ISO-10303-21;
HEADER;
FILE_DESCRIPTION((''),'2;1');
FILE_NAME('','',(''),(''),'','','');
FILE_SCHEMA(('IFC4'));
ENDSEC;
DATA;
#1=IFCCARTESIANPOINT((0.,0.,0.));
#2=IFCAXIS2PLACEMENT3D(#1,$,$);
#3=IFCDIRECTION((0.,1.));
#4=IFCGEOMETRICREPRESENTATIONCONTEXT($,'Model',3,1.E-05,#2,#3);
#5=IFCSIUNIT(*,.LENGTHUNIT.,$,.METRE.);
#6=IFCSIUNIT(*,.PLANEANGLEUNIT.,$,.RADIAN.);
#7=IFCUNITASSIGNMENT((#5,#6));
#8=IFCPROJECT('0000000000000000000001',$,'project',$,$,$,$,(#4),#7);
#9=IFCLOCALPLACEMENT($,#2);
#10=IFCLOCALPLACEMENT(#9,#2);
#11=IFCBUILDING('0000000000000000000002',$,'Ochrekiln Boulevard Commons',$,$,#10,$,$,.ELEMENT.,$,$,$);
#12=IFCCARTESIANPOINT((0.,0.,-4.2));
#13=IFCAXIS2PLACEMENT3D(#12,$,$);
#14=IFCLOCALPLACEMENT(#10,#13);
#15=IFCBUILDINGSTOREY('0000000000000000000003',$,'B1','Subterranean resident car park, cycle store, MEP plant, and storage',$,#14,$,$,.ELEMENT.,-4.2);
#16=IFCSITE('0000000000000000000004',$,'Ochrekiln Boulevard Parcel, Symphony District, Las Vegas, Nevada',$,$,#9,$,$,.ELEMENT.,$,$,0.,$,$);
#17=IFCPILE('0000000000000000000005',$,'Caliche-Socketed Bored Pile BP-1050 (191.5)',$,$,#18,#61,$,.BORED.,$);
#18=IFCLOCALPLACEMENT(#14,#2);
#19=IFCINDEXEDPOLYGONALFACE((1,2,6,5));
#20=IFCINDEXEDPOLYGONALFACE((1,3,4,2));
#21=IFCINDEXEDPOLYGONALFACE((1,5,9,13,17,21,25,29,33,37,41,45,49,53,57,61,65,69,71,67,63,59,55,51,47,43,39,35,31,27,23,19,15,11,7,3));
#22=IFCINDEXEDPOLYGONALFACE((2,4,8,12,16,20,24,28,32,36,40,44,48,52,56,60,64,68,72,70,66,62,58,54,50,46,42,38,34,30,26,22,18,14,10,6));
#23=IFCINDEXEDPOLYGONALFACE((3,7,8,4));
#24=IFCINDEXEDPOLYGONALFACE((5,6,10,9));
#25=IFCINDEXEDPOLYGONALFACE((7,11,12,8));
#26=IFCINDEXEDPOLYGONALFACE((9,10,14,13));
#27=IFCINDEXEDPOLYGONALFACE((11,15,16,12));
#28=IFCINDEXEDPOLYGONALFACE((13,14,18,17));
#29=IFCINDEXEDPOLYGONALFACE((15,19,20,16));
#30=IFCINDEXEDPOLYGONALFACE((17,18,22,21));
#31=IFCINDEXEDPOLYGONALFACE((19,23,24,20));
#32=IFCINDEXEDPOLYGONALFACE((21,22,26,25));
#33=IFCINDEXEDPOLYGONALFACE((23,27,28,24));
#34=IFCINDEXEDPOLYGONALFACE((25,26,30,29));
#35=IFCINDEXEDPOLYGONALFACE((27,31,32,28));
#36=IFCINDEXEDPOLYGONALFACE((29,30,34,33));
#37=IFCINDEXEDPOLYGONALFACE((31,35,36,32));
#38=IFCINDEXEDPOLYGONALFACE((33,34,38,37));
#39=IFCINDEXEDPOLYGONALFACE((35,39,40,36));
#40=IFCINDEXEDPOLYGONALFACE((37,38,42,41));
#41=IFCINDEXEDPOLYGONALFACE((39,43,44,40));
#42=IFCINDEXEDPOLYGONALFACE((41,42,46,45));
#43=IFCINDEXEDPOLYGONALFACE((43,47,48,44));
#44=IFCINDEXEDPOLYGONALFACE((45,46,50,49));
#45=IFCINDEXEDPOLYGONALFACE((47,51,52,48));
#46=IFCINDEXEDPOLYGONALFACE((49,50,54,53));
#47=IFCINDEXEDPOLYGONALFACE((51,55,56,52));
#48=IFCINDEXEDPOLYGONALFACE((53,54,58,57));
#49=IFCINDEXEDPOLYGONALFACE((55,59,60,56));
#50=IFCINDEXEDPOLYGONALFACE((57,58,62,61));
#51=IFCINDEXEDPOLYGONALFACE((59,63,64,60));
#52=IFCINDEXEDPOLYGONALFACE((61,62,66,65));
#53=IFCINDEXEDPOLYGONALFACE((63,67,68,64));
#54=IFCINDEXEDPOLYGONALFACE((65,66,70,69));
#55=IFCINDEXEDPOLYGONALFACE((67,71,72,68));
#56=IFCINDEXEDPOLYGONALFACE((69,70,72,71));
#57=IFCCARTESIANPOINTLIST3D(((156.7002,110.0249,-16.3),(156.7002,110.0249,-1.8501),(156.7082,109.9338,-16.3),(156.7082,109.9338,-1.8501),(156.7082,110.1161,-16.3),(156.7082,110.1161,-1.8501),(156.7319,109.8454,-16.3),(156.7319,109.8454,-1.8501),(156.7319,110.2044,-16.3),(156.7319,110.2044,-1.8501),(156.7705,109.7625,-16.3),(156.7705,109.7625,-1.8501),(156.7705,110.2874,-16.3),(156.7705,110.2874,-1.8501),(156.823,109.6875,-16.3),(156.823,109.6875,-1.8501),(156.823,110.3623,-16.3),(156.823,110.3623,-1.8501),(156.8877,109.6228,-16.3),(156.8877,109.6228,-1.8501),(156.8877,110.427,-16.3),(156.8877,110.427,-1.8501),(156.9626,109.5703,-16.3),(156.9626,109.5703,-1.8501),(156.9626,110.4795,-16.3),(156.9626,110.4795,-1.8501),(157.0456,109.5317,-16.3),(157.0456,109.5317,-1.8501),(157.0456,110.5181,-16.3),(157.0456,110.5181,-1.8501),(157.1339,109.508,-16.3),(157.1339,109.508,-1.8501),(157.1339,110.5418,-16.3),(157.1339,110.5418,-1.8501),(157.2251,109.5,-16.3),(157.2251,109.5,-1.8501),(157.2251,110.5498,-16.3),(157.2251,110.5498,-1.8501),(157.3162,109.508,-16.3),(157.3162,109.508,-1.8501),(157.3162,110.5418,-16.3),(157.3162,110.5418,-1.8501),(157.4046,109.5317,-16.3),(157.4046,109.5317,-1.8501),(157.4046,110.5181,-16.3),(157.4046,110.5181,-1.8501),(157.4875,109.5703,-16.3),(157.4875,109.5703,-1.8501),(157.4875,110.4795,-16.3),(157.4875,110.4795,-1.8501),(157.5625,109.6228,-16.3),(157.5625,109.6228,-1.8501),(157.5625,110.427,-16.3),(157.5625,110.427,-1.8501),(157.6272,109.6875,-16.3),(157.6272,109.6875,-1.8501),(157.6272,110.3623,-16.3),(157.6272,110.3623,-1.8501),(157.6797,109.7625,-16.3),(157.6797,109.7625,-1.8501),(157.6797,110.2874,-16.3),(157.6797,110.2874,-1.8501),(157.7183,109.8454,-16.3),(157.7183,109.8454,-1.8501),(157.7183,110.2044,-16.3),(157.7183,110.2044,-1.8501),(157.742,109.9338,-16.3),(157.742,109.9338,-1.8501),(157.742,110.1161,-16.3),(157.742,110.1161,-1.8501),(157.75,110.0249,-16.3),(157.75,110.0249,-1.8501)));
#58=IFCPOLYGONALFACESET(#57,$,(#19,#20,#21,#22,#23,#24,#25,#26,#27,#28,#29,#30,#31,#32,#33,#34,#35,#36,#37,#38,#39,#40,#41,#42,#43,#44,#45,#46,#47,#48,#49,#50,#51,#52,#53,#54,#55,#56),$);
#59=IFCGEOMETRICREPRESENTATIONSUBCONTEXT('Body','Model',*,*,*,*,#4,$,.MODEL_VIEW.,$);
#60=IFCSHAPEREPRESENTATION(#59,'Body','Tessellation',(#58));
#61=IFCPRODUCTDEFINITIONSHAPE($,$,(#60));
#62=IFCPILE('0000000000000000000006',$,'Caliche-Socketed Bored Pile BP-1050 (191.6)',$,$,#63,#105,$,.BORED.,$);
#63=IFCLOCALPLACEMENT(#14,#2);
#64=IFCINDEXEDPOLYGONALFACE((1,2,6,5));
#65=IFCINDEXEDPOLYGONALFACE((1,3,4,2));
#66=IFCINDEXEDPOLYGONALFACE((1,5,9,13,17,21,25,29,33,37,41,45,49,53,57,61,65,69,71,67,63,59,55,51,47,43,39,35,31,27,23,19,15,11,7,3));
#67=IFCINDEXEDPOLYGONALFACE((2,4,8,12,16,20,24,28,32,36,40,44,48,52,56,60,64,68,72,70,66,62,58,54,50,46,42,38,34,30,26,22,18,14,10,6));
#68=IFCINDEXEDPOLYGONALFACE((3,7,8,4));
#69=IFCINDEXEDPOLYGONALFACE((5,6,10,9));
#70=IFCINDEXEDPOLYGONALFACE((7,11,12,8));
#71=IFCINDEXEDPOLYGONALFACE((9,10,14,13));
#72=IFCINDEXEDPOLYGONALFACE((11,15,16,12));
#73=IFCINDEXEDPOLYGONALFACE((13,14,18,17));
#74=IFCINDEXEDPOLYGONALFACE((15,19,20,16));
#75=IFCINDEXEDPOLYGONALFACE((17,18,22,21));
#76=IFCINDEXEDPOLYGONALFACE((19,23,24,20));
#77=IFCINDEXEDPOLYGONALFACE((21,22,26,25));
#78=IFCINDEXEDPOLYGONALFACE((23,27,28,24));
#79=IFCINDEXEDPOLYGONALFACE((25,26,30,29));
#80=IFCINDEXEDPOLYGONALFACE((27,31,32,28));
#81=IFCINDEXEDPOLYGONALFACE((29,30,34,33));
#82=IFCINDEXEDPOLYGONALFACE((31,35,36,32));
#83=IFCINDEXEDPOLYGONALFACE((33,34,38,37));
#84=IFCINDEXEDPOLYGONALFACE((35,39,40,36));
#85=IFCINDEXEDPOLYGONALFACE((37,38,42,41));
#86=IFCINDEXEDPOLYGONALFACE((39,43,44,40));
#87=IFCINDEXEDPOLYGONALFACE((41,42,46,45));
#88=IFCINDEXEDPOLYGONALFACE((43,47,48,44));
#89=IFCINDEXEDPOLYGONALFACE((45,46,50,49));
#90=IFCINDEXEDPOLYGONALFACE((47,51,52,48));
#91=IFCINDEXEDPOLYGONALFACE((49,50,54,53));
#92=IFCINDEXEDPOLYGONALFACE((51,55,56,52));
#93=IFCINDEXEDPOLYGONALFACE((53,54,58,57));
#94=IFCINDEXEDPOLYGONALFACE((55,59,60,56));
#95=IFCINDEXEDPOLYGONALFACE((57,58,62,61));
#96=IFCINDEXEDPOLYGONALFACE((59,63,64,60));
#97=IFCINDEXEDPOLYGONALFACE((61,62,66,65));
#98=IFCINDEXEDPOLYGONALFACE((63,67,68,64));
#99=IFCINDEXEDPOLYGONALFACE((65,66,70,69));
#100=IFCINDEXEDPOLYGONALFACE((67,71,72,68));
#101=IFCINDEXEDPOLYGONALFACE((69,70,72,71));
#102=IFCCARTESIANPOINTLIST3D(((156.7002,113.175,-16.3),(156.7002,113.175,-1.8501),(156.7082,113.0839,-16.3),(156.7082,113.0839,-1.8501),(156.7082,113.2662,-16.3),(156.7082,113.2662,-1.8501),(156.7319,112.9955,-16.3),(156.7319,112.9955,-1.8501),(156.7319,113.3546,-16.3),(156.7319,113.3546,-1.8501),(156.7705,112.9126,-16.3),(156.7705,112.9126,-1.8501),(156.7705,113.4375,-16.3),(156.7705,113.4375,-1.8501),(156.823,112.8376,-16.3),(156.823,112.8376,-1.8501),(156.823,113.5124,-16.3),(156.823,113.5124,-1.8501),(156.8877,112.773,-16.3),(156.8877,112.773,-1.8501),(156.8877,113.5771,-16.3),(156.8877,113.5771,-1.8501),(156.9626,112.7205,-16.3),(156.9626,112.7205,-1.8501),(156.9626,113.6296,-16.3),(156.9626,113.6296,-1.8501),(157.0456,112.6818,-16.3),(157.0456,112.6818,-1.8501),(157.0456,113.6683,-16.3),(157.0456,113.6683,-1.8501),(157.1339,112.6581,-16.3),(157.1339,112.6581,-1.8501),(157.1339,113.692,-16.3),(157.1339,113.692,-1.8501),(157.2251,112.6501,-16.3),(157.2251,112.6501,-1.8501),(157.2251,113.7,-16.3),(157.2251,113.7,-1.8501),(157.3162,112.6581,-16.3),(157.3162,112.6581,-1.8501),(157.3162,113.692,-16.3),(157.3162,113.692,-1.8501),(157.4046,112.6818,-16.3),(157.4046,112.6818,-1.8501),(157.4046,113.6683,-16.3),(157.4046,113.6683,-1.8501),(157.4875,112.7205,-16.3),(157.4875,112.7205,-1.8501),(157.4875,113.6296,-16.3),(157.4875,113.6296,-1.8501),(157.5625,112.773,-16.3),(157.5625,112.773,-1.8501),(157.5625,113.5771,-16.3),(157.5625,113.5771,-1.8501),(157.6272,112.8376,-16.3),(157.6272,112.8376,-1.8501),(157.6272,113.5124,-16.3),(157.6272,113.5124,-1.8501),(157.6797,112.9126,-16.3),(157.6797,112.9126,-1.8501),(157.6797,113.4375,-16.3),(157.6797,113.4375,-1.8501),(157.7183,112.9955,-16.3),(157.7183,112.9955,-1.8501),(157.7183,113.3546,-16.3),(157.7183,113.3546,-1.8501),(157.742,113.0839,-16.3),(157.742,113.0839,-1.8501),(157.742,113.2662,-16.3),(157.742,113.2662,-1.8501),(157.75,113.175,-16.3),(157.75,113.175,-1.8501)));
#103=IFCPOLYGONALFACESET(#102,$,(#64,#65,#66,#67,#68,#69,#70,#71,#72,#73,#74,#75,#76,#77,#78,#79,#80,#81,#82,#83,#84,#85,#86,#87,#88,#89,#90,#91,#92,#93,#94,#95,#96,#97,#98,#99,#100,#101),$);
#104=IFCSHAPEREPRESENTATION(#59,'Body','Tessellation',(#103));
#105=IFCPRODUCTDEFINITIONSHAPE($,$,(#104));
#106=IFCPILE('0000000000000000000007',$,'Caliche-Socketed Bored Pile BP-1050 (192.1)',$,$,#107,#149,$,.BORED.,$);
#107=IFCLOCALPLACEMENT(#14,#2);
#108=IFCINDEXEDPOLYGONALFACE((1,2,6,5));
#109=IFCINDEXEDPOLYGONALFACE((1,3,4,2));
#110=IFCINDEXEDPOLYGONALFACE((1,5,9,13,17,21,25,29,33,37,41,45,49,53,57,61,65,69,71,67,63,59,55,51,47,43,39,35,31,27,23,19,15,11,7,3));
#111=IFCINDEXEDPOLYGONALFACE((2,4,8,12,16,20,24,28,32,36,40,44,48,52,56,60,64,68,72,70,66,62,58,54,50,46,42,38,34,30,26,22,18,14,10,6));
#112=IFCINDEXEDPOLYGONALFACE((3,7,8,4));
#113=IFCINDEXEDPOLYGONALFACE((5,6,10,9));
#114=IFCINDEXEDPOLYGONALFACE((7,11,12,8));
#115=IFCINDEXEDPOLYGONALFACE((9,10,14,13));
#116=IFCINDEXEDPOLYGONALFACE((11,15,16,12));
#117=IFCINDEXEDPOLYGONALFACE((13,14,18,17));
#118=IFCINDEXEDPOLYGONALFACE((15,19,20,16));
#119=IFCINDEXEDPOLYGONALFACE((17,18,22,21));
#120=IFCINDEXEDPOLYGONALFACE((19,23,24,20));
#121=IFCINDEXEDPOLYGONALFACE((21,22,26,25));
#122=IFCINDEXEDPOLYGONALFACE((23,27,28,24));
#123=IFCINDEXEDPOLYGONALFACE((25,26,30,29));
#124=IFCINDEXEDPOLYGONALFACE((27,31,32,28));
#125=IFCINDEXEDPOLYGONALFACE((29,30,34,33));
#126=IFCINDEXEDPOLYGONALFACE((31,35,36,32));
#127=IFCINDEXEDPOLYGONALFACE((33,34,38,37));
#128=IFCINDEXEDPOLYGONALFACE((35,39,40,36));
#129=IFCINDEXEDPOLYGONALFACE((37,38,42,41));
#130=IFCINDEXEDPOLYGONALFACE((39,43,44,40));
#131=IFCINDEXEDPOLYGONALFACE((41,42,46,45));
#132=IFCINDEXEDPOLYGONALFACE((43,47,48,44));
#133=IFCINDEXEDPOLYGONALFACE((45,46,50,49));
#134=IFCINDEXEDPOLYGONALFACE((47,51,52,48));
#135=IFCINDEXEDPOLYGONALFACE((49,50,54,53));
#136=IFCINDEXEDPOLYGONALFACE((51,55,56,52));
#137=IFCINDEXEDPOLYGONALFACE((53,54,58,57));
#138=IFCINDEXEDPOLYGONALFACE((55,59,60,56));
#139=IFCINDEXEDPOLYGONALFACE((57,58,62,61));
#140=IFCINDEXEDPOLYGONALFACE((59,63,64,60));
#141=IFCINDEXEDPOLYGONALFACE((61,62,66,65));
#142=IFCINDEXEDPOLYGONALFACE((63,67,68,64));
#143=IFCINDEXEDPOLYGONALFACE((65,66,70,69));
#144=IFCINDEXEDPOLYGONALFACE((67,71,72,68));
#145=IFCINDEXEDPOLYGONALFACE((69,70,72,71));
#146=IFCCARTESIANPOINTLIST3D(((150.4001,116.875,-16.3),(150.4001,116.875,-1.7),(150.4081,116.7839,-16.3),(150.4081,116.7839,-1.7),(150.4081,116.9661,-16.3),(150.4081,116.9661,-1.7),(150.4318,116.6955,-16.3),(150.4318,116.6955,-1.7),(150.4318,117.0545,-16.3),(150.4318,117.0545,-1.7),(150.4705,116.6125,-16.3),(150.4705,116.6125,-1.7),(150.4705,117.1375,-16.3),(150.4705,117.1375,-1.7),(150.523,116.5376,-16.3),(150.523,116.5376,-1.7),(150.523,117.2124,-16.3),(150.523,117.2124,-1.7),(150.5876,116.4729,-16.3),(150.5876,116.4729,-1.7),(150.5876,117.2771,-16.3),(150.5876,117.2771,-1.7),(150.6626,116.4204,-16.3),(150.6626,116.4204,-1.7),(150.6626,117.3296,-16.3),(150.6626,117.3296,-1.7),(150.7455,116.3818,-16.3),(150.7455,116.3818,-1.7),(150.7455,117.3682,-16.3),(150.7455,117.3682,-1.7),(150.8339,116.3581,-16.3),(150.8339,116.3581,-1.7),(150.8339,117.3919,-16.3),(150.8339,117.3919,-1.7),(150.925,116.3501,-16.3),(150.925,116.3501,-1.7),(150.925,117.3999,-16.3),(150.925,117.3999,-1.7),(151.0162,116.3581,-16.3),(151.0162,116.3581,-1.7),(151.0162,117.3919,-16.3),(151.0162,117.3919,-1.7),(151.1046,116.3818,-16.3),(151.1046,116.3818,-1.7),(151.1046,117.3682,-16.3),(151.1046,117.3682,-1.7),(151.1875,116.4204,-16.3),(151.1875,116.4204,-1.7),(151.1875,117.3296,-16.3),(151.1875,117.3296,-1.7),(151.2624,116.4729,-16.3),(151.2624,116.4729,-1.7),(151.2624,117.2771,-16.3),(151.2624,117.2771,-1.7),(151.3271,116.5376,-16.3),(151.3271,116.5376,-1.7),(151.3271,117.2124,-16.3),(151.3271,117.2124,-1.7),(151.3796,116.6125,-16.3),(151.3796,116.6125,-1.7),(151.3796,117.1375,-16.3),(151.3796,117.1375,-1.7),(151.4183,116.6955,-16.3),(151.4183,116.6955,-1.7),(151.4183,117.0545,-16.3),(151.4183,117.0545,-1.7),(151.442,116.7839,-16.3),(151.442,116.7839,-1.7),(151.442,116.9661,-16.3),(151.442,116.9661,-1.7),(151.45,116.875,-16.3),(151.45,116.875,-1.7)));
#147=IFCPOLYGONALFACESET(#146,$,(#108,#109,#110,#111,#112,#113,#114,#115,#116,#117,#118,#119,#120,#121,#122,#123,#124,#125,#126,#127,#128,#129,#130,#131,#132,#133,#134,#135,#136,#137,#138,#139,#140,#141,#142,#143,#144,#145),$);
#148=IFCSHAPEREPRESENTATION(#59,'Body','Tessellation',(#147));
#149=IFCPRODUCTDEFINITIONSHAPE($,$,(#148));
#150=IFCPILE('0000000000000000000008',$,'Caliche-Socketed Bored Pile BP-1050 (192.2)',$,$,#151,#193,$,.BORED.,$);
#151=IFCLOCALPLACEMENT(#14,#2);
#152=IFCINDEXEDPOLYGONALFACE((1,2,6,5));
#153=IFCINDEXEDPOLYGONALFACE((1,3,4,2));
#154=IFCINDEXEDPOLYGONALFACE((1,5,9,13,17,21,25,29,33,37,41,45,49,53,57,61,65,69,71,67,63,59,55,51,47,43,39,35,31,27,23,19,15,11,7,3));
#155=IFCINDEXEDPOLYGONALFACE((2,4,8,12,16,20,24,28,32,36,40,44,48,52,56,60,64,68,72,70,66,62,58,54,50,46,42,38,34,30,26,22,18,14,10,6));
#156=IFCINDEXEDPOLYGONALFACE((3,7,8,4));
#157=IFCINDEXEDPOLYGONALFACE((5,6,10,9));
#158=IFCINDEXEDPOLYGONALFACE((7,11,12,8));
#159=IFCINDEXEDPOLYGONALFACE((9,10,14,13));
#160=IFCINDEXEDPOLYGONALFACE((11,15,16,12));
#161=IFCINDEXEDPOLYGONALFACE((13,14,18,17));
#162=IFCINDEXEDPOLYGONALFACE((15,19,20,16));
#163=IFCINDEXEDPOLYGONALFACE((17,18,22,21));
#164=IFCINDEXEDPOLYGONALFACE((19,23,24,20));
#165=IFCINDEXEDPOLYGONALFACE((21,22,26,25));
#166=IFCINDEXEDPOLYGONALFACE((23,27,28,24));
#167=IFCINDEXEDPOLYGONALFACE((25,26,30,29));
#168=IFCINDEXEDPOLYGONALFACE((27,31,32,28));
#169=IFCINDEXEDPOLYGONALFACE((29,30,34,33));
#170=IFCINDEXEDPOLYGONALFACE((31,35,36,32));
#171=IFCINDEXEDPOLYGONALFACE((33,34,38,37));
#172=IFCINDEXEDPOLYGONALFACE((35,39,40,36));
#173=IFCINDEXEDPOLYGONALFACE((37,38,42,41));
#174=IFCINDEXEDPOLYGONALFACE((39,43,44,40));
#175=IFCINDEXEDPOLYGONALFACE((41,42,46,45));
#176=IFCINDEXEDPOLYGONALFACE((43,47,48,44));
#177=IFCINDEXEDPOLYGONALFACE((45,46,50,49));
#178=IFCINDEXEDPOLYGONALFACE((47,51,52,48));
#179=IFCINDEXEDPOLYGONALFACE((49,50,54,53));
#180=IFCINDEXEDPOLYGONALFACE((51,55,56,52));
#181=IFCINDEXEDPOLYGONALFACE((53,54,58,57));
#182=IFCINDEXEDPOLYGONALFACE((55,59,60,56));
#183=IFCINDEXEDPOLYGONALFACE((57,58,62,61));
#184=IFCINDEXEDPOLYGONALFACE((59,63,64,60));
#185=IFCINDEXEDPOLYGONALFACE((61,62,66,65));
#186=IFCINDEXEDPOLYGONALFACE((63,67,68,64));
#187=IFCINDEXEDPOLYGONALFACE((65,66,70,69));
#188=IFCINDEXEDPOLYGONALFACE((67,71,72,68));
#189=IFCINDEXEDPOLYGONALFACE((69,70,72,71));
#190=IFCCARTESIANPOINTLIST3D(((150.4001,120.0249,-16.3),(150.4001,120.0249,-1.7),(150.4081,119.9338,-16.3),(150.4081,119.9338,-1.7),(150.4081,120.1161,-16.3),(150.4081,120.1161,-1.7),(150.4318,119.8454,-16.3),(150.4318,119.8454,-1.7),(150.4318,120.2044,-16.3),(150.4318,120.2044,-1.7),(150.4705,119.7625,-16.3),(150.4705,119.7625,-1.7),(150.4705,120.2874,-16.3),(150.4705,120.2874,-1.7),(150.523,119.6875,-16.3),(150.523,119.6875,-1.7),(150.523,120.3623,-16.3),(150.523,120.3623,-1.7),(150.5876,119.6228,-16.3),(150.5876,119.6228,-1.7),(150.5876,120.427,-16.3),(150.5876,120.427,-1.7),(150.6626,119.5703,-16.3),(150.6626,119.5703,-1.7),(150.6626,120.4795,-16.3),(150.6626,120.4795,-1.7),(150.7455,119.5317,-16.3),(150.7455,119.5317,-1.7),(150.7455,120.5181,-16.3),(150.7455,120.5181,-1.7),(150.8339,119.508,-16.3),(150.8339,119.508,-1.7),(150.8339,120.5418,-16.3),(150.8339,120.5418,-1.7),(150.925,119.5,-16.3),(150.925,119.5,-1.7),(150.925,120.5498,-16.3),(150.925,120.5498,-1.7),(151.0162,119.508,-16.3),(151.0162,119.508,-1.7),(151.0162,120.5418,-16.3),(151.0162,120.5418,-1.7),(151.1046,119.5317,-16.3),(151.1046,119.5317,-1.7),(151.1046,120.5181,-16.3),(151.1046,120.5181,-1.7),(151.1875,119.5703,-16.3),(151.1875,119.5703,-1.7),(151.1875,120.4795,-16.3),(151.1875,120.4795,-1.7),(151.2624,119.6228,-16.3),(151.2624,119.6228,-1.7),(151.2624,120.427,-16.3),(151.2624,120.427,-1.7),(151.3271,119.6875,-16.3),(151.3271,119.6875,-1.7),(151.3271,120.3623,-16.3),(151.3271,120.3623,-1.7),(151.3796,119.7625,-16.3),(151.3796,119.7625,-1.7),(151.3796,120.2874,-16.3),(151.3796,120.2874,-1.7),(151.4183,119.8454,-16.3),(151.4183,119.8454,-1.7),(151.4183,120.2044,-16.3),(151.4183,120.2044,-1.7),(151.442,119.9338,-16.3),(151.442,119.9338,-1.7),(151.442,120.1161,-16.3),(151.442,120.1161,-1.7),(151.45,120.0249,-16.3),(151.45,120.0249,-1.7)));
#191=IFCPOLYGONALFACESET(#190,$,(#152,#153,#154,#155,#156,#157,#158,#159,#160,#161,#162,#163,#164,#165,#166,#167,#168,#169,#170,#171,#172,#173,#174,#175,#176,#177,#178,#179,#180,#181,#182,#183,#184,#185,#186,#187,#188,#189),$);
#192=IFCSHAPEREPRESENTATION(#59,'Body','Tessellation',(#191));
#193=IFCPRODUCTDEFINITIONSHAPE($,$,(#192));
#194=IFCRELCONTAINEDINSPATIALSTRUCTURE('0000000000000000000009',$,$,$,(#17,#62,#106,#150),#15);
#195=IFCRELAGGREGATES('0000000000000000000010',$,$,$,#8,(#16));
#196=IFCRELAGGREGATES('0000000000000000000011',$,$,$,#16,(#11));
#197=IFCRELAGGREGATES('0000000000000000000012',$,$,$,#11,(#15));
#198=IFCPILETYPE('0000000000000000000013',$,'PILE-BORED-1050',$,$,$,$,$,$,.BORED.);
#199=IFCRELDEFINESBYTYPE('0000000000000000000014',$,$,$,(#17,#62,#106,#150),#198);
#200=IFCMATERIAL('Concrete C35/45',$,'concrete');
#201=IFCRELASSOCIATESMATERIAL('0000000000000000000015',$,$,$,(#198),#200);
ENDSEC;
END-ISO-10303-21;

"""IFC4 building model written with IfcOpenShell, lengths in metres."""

from ifc_helpers import new_model, si_unit, direction, frame, origin, origin_2d, place, context, subcontext, project, spatial, circle, extrude, material, material_profile, profile_set, type_object, element, save


model = new_model("IFC4")

# Units and contexts
model_context = context("Model", 3, precision=1e-05, world=origin(), true_north=direction((0.0, 1.0)))
body_context = subcontext(model_context, "Body", "Model", "MODEL_VIEW")
ifc_project = project(units=[si_unit("LENGTHUNIT", "METRE"), si_unit("PLANEANGLEUNIT", "RADIAN")], contexts=[model_context])

# Site, building, storey
site_placement = place(None, origin())
site = spatial("IfcSite", under=ifc_project, at=site_placement, Name="Ochrekiln Boulevard Parcel, Symphony District, Las Vegas, Nevada", CompositionType="ELEMENT", RefElevation=0.0)
building_placement = place(site_placement, origin())
building = spatial("IfcBuilding", under=site, at=building_placement, Name="Ochrekiln Boulevard Commons", CompositionType="ELEMENT")
storey_placement = place(building_placement, frame((0.0, 0.0, -4.2)))
storey = spatial("IfcBuildingStorey", under=building, at=storey_placement, Name="B1", Description="Subterranean resident car park, cycle store, MEP plant, and storage", CompositionType="ELEMENT", Elevation=-4.2)

# Shared definitions
ifc_material_1 = material(Name="Concrete C35/45", Category="concrete")

# Piles
ifc_material_profile_1 = material_profile(ifc_material_1, circle(Radius=0.5249, at=origin_2d()), Name="PILE-D1050")
ifc_profile_set_1 = profile_set([ifc_material_profile_1], Name="Concrete C35/45")
pile_type = type_object("IfcPileType", Name="PILE-BORED-1050", PredefinedType="BORED", material=ifc_profile_set_1)
for number, where, z_axis, x_axis, name in (
    (1, (157.2251, 110.0249, -1.8501), (0.0, 0.0, -1.0), (1.0, 0.0, 0.0), "Caliche-Socketed Bored Pile BP-1050 (191.5)"),
    (2, (157.2251, 113.175, -1.8501), (0.0, 0.0, -1.0), (1.0, 0.0, 0.0), "Caliche-Socketed Bored Pile BP-1050 (191.6)"),
):
    element("IfcPile", number, at=place(storey_placement, frame(where, z_axis=z_axis, x_axis=x_axis)), inside=storey, type_object=pile_type, Name=name, PredefinedType="BORED", context=body_context, shape_type="SweptSolid", body=[
        extrude(circle(Radius=0.5249, at=origin_2d()), origin(), (0.0, 0.0, 1.0), 14.45),
    ])
for number, where, z_axis, x_axis, name in (
    (3, (150.925, 116.875, -1.7), (0.0, 0.0, -1.0), (1.0, 0.0, 0.0), "Caliche-Socketed Bored Pile BP-1050 (192.1)"),
    (4, (150.925, 120.0249, -1.7), (0.0, 0.0, -1.0), (1.0, 0.0, 0.0), "Caliche-Socketed Bored Pile BP-1050 (192.2)"),
):
    element("IfcPile", number, at=place(storey_placement, frame(where, z_axis=z_axis, x_axis=x_axis)), inside=storey, type_object=pile_type, Name=name, PredefinedType="BORED", context=body_context, shape_type="SweptSolid", body=[
        extrude(circle(Radius=0.5249, at=origin_2d()), origin(), (0.0, 0.0, 1.0), 14.6001),
    ])

save(model, "model.ifc")
